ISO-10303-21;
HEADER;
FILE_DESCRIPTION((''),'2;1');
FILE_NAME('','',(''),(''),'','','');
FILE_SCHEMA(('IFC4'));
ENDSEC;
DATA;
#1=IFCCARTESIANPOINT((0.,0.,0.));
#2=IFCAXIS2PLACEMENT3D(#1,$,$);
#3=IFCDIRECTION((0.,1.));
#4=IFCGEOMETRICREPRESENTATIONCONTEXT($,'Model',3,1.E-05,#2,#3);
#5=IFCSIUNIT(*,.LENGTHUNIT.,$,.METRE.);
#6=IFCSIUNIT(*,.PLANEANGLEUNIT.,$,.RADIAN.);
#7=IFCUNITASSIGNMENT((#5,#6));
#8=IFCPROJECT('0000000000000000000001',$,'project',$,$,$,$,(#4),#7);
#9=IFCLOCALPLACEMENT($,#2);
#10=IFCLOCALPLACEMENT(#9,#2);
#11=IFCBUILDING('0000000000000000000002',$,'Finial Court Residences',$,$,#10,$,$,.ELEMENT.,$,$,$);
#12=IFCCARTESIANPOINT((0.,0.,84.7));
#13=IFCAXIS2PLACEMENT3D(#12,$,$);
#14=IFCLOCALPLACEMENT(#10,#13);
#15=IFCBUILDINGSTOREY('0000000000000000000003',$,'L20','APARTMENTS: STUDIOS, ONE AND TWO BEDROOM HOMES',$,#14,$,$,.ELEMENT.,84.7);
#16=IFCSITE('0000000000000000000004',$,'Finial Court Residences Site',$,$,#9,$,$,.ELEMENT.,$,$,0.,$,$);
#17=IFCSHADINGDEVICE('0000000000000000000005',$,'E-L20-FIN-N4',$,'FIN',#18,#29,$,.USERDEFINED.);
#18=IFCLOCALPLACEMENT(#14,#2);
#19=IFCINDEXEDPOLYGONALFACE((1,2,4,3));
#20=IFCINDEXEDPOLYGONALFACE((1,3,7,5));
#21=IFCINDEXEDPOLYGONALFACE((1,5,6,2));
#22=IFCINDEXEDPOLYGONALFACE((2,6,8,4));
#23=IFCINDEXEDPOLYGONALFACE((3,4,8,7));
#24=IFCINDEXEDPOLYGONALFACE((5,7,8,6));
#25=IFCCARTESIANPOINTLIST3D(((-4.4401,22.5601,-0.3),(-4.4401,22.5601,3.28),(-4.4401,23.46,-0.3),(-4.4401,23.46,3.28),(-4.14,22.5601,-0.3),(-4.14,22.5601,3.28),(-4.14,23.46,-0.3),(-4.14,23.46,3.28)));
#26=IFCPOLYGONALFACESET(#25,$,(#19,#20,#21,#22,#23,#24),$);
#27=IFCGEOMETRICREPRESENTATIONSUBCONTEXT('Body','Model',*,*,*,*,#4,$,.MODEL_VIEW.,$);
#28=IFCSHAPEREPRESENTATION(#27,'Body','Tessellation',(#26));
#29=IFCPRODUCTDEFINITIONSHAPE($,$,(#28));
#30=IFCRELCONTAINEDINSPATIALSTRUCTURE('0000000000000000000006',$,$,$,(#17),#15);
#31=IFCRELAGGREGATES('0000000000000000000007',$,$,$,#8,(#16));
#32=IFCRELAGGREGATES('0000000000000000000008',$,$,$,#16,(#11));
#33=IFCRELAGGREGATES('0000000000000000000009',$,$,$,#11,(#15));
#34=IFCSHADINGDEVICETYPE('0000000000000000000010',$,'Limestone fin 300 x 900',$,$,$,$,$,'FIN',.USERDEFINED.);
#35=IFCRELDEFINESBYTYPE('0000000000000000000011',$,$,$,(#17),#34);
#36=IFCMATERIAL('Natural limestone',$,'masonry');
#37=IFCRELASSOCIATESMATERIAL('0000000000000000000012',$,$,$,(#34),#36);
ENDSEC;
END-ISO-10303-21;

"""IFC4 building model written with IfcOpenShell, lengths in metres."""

from ifc_helpers import new_model, si_unit, direction, frame, origin, origin_2d, place, context, subcontext, project, spatial, rectangle, extrude, material, type_object, element, save


model = new_model("IFC4")

# Units and contexts
model_context = context("Model", 3, precision=1e-05, world=origin(), true_north=direction((0.0, 1.0)))
body_context = subcontext(model_context, "Body", "Model", "MODEL_VIEW")
ifc_project = project(units=[si_unit("LENGTHUNIT", "METRE"), si_unit("PLANEANGLEUNIT", "RADIAN")], contexts=[model_context])

# Site, building, storey
site_placement = place(None, origin())
site = spatial("IfcSite", under=ifc_project, at=site_placement, Name="Finial Court Residences Site", CompositionType="ELEMENT", RefElevation=0.0)
building_placement = place(site_placement, origin())
building = spatial("IfcBuilding", under=site, at=building_placement, Name="Finial Court Residences", CompositionType="ELEMENT")
storey_placement = place(building_placement, frame((0.0, 0.0, 84.7)))
storey = spatial("IfcBuildingStorey", under=building, at=storey_placement, Name="L20", Description="APARTMENTS: STUDIOS, ONE AND TWO BEDROOM HOMES", CompositionType="ELEMENT", Elevation=84.7)

# Shared definitions
ifc_material_1 = material(Name="Natural limestone", Category="masonry")

# Shading device
shading_device_type = type_object("IfcShadingDeviceType", Name="Limestone fin 300 x 900", ElementType="FIN", PredefinedType="USERDEFINED", material=ifc_material_1)
for number, where, z_axis, x_axis, name in (
    (1, (-4.29, 23.01, -0.3), (0.0, 0.0, 1.0), (1.0, 0.0, 0.0), "E-L20-FIN-N4"),
):
    element("IfcShadingDevice", number, at=place(storey_placement, frame(where, z_axis=z_axis, x_axis=x_axis)), inside=storey, type_object=shading_device_type, Name=name, ObjectType="FIN", PredefinedType="USERDEFINED", context=body_context, shape_type="SweptSolid", body=[
        extrude(rectangle(XDim=0.3, YDim=0.8999, at=origin_2d()), origin(), (0.0, 0.0, 1.0), 3.5801),
    ])

save(model, "model.ifc")
